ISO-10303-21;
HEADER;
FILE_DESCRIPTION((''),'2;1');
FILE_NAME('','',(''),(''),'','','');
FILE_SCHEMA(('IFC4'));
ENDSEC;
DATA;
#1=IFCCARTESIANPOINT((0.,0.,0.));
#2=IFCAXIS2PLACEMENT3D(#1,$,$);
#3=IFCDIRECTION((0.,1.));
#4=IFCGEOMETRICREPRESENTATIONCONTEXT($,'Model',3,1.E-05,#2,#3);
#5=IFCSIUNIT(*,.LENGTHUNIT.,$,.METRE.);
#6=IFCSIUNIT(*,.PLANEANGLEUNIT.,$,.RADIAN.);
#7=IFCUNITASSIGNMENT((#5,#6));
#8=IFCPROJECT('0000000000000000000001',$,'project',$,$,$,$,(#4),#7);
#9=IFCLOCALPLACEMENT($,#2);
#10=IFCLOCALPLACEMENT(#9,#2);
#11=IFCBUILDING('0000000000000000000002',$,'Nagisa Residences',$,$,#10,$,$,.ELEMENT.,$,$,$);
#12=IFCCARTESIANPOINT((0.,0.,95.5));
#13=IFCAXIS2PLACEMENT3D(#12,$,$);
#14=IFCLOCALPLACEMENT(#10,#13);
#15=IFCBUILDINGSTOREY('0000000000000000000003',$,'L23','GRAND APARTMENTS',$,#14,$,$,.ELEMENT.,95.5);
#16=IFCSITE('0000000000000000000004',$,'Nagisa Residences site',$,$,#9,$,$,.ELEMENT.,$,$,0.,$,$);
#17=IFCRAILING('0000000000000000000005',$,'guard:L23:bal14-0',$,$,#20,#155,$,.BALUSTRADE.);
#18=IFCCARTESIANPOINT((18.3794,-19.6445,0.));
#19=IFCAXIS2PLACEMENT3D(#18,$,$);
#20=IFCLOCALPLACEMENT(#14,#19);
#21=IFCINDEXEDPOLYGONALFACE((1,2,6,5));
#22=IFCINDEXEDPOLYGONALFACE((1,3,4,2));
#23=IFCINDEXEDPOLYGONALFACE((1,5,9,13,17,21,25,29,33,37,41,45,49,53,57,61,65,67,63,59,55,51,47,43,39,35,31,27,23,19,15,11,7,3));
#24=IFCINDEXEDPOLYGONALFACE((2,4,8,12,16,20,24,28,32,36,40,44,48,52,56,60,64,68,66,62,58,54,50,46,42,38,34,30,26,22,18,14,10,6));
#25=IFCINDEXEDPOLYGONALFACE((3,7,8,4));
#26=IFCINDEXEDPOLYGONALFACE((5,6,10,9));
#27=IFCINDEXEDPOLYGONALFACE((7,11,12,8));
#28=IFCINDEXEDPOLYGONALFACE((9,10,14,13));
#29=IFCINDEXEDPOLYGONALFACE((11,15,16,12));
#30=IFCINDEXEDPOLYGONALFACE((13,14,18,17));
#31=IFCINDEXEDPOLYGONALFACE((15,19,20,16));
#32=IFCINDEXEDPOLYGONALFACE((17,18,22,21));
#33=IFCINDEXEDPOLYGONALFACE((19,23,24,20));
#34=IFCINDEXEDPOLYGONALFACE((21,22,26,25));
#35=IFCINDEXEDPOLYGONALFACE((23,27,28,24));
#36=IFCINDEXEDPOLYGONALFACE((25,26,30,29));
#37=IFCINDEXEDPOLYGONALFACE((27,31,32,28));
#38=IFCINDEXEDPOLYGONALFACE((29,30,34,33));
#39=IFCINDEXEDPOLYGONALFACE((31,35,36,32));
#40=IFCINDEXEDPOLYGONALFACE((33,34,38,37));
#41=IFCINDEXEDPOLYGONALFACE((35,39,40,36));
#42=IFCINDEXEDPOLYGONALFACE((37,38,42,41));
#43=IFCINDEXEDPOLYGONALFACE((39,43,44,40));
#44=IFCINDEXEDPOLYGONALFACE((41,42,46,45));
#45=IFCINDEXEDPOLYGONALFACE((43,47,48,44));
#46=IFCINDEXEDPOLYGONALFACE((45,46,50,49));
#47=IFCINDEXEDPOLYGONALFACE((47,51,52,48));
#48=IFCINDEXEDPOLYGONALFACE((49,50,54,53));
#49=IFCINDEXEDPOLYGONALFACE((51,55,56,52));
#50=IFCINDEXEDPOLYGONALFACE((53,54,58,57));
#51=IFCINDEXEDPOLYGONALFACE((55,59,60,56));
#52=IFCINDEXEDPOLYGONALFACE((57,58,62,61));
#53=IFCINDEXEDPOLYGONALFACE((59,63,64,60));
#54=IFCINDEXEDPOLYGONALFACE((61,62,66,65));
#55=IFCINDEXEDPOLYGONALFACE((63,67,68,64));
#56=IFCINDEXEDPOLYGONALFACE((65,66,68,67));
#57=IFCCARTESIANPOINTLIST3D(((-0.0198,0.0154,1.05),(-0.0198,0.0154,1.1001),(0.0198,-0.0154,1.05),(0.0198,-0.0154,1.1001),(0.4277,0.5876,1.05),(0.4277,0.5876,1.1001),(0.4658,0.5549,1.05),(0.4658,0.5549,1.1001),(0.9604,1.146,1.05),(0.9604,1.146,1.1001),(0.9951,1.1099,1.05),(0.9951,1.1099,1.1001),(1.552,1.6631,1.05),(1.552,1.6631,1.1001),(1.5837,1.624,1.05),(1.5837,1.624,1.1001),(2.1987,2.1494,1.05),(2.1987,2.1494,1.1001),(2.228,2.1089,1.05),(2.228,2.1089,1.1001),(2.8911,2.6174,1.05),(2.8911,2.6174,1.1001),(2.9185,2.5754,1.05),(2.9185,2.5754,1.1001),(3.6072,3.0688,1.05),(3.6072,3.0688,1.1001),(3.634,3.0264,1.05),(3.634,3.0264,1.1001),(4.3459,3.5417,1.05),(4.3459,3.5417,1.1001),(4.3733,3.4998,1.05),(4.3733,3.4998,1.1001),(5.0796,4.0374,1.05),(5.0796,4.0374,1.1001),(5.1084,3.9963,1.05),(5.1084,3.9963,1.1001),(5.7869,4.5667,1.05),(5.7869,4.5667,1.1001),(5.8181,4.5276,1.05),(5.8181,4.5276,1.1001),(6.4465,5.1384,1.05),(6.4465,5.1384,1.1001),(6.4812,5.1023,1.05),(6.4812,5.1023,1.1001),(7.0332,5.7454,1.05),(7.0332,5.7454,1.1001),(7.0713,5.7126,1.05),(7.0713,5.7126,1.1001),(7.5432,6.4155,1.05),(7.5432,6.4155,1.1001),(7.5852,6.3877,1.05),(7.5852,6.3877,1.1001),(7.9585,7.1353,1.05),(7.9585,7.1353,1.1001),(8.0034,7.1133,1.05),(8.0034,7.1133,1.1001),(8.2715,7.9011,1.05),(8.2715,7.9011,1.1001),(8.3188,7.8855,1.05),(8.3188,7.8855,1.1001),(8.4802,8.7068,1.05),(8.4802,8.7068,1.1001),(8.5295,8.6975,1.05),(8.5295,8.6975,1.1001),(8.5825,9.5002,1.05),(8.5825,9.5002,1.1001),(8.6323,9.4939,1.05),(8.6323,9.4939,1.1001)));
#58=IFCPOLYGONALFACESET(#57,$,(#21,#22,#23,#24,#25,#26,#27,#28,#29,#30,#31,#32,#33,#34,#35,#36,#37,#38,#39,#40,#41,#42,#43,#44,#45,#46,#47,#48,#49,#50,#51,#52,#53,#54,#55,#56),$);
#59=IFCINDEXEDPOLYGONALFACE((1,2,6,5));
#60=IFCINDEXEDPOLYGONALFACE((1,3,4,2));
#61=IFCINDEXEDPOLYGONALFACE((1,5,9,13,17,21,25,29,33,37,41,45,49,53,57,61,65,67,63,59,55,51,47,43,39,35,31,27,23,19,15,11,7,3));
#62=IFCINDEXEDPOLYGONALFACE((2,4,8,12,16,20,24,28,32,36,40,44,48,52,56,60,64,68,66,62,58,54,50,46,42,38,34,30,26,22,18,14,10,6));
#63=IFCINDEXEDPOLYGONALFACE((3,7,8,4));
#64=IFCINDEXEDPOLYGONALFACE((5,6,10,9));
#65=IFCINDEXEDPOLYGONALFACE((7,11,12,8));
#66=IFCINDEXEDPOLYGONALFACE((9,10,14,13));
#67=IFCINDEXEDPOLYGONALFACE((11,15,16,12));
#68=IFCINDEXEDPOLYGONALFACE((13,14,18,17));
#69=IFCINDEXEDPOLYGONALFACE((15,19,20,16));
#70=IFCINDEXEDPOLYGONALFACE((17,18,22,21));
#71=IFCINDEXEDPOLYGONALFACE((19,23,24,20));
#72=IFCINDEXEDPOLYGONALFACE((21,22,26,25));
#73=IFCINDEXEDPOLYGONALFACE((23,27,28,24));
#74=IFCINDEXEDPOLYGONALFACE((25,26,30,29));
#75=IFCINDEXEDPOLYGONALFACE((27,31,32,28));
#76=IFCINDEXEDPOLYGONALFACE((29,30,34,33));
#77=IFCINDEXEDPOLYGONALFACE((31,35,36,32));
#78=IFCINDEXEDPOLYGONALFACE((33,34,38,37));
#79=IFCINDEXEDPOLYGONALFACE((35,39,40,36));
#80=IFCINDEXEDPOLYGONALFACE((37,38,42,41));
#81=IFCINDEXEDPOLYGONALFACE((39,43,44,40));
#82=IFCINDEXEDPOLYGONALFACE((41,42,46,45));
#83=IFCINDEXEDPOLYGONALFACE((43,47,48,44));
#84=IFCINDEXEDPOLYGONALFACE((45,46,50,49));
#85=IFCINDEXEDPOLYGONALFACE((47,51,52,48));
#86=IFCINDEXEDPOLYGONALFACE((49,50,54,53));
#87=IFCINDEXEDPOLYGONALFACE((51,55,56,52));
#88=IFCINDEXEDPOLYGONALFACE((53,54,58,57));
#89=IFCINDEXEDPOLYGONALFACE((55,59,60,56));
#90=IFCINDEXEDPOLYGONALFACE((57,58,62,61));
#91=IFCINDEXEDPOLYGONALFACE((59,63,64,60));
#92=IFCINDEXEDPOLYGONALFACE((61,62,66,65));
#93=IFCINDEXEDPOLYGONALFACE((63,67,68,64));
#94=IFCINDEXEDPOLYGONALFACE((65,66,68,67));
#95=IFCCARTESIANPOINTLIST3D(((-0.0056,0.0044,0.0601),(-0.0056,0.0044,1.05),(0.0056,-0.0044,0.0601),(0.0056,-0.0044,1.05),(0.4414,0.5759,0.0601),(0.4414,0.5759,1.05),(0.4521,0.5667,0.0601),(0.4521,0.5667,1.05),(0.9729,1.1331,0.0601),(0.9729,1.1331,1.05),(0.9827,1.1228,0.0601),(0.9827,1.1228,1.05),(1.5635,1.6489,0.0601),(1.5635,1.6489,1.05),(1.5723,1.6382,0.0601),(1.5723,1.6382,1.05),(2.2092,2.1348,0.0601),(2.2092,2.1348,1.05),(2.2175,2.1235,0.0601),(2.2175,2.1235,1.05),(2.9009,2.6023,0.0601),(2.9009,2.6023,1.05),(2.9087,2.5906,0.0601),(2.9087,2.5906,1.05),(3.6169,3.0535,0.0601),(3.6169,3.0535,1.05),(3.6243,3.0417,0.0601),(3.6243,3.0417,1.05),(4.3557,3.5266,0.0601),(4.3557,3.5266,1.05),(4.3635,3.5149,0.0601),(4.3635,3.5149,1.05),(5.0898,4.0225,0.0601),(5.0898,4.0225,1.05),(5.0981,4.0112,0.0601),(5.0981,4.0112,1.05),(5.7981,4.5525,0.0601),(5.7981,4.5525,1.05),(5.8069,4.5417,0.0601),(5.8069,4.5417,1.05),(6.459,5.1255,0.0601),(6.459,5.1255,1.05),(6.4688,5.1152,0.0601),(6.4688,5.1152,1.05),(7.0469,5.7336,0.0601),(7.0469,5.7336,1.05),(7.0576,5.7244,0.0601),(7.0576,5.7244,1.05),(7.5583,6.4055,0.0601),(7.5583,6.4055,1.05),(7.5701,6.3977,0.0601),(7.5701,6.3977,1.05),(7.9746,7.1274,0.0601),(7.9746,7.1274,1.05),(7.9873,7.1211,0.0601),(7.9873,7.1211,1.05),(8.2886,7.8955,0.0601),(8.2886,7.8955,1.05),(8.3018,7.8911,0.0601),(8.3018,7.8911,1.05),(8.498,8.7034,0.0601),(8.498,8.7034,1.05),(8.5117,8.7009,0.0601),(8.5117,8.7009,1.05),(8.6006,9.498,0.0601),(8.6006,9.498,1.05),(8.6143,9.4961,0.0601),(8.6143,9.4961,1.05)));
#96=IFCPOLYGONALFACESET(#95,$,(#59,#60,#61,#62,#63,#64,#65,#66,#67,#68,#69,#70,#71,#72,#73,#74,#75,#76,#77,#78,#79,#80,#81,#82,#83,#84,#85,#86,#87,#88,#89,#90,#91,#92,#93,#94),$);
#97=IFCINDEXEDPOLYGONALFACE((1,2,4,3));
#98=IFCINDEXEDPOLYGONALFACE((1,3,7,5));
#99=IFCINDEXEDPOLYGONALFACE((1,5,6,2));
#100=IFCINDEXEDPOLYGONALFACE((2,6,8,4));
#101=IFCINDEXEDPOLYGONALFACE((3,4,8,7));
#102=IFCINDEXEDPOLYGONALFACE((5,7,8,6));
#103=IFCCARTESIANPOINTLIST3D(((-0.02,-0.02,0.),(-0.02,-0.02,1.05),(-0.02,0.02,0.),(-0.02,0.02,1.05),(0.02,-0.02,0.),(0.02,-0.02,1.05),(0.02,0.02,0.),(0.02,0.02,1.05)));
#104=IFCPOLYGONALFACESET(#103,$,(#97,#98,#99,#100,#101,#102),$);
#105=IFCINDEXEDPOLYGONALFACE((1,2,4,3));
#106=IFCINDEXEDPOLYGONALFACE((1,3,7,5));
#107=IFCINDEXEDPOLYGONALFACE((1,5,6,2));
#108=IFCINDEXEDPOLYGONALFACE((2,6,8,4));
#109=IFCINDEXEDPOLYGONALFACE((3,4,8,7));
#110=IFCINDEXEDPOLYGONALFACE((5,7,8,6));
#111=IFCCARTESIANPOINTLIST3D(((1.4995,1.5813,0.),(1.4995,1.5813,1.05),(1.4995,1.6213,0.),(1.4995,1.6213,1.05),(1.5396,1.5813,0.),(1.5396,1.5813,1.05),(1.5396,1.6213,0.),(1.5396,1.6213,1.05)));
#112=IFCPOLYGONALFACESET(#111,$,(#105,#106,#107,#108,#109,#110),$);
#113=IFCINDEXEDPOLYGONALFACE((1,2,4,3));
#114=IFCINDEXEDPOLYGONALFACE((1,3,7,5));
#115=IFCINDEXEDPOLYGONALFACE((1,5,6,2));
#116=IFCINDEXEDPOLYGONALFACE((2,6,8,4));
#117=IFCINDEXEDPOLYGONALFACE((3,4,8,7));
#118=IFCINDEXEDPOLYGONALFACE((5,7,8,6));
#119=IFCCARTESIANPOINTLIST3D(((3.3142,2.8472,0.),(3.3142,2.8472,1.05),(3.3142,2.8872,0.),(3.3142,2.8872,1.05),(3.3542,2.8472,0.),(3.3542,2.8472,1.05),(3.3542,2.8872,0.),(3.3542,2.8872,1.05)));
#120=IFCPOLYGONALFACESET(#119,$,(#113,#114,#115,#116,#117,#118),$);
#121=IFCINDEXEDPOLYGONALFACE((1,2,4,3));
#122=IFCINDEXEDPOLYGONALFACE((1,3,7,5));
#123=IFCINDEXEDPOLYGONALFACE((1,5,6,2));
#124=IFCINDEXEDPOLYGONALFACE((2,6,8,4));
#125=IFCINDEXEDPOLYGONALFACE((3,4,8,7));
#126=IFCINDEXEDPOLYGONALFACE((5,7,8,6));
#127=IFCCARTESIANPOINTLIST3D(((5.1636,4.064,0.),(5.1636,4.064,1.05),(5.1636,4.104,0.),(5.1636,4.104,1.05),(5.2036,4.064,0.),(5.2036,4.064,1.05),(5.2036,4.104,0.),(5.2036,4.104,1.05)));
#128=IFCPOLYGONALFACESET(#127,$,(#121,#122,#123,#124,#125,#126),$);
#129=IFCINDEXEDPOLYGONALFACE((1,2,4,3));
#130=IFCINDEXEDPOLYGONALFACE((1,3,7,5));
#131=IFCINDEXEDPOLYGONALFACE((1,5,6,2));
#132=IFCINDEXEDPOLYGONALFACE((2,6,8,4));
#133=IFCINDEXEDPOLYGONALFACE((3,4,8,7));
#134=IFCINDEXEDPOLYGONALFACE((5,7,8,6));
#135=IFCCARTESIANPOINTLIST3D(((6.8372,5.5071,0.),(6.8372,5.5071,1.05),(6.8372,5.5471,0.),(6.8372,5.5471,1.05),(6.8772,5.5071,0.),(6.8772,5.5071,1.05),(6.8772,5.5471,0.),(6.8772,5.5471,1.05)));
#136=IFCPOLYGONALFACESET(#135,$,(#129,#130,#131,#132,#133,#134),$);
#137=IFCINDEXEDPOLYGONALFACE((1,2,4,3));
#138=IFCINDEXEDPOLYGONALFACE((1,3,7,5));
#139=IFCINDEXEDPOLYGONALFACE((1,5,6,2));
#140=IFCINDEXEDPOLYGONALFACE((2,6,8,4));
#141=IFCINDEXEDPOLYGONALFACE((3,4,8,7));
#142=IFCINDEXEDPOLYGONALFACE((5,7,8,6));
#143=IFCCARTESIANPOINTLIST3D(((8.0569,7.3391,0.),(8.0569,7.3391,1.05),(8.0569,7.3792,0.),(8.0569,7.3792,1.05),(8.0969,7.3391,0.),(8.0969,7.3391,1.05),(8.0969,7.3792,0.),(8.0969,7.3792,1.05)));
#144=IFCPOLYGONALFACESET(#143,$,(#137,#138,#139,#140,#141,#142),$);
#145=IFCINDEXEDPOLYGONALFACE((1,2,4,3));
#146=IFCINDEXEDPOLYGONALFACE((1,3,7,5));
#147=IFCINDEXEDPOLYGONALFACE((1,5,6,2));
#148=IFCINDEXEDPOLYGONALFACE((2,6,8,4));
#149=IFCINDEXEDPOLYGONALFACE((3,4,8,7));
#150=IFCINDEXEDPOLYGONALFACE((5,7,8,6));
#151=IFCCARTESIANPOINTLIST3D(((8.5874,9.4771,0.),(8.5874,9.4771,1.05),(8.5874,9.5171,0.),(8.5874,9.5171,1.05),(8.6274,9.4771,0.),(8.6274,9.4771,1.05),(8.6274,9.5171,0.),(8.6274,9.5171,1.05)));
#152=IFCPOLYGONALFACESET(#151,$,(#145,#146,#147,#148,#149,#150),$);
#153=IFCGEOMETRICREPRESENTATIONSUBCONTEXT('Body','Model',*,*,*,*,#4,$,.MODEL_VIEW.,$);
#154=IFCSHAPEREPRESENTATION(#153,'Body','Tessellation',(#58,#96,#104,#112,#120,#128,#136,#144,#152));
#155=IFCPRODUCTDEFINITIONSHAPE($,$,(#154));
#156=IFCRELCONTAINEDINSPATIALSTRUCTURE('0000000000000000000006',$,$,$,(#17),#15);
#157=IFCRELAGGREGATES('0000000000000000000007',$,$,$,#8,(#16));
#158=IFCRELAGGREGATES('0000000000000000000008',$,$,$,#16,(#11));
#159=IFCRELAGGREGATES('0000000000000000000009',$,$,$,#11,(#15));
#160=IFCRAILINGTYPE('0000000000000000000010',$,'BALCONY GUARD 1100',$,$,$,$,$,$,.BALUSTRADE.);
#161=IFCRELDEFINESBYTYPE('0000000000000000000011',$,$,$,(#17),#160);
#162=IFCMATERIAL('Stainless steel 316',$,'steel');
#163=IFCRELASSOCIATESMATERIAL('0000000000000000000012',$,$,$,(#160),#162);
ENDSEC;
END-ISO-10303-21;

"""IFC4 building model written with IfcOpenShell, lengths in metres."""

from ifc_helpers import new_model, si_unit, direction, frame, origin, origin_2d, place, context, subcontext, project, spatial, polyline, rectangle, outline, extrude, material, type_object, element, save


model = new_model("IFC4")

# Units and contexts
model_context = context("Model", 3, precision=1e-05, world=origin(), true_north=direction((0.0, 1.0)))
body_context = subcontext(model_context, "Body", "Model", "MODEL_VIEW")
ifc_project = project(units=[si_unit("LENGTHUNIT", "METRE"), si_unit("PLANEANGLEUNIT", "RADIAN")], contexts=[model_context])

# Site, building, storey
site_placement = place(None, origin())
site = spatial("IfcSite", under=ifc_project, at=site_placement, Name="Nagisa Residences site", CompositionType="ELEMENT", RefElevation=0.0)
building_placement = place(site_placement, origin())
building = spatial("IfcBuilding", under=site, at=building_placement, Name="Nagisa Residences", CompositionType="ELEMENT")
storey_placement = place(building_placement, frame((0.0, 0.0, 95.5)))
storey = spatial("IfcBuildingStorey", under=building, at=storey_placement, Name="L23", Description="GRAND APARTMENTS", CompositionType="ELEMENT", Elevation=95.5)

# Railing
ifc_material_1 = material(Name="Stainless steel 316", Category="steel")
railing_type = type_object("IfcRailingType", Name="BALCONY GUARD 1100", PredefinedType="BALUSTRADE", material=ifc_material_1)
railing_1_placement = place(storey_placement, frame((18.3794, -19.6445, 0.0)))
element("IfcRailing", 1, at=railing_1_placement, inside=storey, type_object=railing_type, Name="guard:L23:bal14-0", PredefinedType="BALUSTRADE", context=body_context, shape_type="SweptSolid", body=[
    extrude(outline(polyline([(0.4277, 0.5876), (-0.0198, 0.0154), (0.0198, -0.0154), (0.4658, 0.5549), (0.9951, 1.1099), (1.5837, 1.624), (2.228, 2.1089), (2.9185, 2.5754), (3.634, 3.0264), (4.3733, 3.4998), (5.1084, 3.9963), (5.8181, 4.5276), (6.4812, 5.1023), (7.0713, 5.7126), (7.5852, 6.3877), (8.0034, 7.1133), (8.3188, 7.8855), (8.5295, 8.6975), (8.6323, 9.4939), (8.5825, 9.5002), (8.4802, 8.7068), (8.2715, 7.9011), (7.9585, 7.1353), (7.5432, 6.4155), (7.0332, 5.7454), (6.4465, 5.1384), (5.7869, 4.5667), (5.0796, 4.0374), (4.3459, 3.5417), (3.6072, 3.0688), (2.8911, 2.6174), (2.1987, 2.1494), (1.552, 1.6631), (0.9604, 1.146), (0.4277, 0.5876)])), frame((0.0, 0.0, 1.05)), (0.0, 0.0, 1.0), 0.05),
    extrude(outline(polyline([(0.4414, 0.5759), (-0.0056, 0.0044), (0.0056, -0.0044), (0.4521, 0.5667), (0.9827, 1.1228), (1.5723, 1.6382), (2.2175, 2.1235), (2.9087, 2.5906), (3.6243, 3.0417), (4.3635, 3.5149), (5.0981, 4.0112), (5.8069, 4.5417), (6.4688, 5.1152), (7.0576, 5.7244), (7.5701, 6.3977), (7.9873, 7.1211), (8.3018, 7.8911), (8.5117, 8.7009), (8.6143, 9.4961), (8.6006, 9.498), (8.498, 8.7034), (8.2886, 7.8955), (7.9746, 7.1274), (7.5583, 6.4055), (7.0469, 5.7336), (6.459, 5.1255), (5.7981, 4.5525), (5.0898, 4.0225), (4.3557, 3.5266), (3.6169, 3.0535), (2.9009, 2.6023), (2.2092, 2.1348), (1.5635, 1.6489), (0.9729, 1.1331), (0.4414, 0.5759)])), frame((0.0, 0.0, 0.0601)), (0.0, 0.0, 1.0), 0.99),
    extrude(rectangle(XDim=0.04, YDim=0.04, at=origin_2d()), origin(), (0.0, 0.0, 1.0), 1.05),
    extrude(rectangle(XDim=0.04, YDim=0.04, at=origin_2d()), frame((1.5195, 1.6013, 0.0)), (0.0, 0.0, 1.0), 1.05),
    extrude(rectangle(XDim=0.04, YDim=0.04, at=origin_2d()), frame((3.3342, 2.8672, 0.0)), (0.0, 0.0, 1.0), 1.05),
    extrude(rectangle(XDim=0.04, YDim=0.04, at=origin_2d()), frame((5.1836, 4.084, 0.0)), (0.0, 0.0, 1.0), 1.05),
    extrude(rectangle(XDim=0.04, YDim=0.04, at=origin_2d()), frame((6.8572, 5.5271, 0.0)), (0.0, 0.0, 1.0), 1.05),
    extrude(rectangle(XDim=0.04, YDim=0.04, at=origin_2d()), frame((8.0769, 7.3591, 0.0)), (0.0, 0.0, 1.0), 1.05),
    extrude(rectangle(XDim=0.04, YDim=0.04, at=origin_2d()), frame((8.6074, 9.4971, 0.0)), (0.0, 0.0, 1.0), 1.05),
])

save(model, "model.ifc")
